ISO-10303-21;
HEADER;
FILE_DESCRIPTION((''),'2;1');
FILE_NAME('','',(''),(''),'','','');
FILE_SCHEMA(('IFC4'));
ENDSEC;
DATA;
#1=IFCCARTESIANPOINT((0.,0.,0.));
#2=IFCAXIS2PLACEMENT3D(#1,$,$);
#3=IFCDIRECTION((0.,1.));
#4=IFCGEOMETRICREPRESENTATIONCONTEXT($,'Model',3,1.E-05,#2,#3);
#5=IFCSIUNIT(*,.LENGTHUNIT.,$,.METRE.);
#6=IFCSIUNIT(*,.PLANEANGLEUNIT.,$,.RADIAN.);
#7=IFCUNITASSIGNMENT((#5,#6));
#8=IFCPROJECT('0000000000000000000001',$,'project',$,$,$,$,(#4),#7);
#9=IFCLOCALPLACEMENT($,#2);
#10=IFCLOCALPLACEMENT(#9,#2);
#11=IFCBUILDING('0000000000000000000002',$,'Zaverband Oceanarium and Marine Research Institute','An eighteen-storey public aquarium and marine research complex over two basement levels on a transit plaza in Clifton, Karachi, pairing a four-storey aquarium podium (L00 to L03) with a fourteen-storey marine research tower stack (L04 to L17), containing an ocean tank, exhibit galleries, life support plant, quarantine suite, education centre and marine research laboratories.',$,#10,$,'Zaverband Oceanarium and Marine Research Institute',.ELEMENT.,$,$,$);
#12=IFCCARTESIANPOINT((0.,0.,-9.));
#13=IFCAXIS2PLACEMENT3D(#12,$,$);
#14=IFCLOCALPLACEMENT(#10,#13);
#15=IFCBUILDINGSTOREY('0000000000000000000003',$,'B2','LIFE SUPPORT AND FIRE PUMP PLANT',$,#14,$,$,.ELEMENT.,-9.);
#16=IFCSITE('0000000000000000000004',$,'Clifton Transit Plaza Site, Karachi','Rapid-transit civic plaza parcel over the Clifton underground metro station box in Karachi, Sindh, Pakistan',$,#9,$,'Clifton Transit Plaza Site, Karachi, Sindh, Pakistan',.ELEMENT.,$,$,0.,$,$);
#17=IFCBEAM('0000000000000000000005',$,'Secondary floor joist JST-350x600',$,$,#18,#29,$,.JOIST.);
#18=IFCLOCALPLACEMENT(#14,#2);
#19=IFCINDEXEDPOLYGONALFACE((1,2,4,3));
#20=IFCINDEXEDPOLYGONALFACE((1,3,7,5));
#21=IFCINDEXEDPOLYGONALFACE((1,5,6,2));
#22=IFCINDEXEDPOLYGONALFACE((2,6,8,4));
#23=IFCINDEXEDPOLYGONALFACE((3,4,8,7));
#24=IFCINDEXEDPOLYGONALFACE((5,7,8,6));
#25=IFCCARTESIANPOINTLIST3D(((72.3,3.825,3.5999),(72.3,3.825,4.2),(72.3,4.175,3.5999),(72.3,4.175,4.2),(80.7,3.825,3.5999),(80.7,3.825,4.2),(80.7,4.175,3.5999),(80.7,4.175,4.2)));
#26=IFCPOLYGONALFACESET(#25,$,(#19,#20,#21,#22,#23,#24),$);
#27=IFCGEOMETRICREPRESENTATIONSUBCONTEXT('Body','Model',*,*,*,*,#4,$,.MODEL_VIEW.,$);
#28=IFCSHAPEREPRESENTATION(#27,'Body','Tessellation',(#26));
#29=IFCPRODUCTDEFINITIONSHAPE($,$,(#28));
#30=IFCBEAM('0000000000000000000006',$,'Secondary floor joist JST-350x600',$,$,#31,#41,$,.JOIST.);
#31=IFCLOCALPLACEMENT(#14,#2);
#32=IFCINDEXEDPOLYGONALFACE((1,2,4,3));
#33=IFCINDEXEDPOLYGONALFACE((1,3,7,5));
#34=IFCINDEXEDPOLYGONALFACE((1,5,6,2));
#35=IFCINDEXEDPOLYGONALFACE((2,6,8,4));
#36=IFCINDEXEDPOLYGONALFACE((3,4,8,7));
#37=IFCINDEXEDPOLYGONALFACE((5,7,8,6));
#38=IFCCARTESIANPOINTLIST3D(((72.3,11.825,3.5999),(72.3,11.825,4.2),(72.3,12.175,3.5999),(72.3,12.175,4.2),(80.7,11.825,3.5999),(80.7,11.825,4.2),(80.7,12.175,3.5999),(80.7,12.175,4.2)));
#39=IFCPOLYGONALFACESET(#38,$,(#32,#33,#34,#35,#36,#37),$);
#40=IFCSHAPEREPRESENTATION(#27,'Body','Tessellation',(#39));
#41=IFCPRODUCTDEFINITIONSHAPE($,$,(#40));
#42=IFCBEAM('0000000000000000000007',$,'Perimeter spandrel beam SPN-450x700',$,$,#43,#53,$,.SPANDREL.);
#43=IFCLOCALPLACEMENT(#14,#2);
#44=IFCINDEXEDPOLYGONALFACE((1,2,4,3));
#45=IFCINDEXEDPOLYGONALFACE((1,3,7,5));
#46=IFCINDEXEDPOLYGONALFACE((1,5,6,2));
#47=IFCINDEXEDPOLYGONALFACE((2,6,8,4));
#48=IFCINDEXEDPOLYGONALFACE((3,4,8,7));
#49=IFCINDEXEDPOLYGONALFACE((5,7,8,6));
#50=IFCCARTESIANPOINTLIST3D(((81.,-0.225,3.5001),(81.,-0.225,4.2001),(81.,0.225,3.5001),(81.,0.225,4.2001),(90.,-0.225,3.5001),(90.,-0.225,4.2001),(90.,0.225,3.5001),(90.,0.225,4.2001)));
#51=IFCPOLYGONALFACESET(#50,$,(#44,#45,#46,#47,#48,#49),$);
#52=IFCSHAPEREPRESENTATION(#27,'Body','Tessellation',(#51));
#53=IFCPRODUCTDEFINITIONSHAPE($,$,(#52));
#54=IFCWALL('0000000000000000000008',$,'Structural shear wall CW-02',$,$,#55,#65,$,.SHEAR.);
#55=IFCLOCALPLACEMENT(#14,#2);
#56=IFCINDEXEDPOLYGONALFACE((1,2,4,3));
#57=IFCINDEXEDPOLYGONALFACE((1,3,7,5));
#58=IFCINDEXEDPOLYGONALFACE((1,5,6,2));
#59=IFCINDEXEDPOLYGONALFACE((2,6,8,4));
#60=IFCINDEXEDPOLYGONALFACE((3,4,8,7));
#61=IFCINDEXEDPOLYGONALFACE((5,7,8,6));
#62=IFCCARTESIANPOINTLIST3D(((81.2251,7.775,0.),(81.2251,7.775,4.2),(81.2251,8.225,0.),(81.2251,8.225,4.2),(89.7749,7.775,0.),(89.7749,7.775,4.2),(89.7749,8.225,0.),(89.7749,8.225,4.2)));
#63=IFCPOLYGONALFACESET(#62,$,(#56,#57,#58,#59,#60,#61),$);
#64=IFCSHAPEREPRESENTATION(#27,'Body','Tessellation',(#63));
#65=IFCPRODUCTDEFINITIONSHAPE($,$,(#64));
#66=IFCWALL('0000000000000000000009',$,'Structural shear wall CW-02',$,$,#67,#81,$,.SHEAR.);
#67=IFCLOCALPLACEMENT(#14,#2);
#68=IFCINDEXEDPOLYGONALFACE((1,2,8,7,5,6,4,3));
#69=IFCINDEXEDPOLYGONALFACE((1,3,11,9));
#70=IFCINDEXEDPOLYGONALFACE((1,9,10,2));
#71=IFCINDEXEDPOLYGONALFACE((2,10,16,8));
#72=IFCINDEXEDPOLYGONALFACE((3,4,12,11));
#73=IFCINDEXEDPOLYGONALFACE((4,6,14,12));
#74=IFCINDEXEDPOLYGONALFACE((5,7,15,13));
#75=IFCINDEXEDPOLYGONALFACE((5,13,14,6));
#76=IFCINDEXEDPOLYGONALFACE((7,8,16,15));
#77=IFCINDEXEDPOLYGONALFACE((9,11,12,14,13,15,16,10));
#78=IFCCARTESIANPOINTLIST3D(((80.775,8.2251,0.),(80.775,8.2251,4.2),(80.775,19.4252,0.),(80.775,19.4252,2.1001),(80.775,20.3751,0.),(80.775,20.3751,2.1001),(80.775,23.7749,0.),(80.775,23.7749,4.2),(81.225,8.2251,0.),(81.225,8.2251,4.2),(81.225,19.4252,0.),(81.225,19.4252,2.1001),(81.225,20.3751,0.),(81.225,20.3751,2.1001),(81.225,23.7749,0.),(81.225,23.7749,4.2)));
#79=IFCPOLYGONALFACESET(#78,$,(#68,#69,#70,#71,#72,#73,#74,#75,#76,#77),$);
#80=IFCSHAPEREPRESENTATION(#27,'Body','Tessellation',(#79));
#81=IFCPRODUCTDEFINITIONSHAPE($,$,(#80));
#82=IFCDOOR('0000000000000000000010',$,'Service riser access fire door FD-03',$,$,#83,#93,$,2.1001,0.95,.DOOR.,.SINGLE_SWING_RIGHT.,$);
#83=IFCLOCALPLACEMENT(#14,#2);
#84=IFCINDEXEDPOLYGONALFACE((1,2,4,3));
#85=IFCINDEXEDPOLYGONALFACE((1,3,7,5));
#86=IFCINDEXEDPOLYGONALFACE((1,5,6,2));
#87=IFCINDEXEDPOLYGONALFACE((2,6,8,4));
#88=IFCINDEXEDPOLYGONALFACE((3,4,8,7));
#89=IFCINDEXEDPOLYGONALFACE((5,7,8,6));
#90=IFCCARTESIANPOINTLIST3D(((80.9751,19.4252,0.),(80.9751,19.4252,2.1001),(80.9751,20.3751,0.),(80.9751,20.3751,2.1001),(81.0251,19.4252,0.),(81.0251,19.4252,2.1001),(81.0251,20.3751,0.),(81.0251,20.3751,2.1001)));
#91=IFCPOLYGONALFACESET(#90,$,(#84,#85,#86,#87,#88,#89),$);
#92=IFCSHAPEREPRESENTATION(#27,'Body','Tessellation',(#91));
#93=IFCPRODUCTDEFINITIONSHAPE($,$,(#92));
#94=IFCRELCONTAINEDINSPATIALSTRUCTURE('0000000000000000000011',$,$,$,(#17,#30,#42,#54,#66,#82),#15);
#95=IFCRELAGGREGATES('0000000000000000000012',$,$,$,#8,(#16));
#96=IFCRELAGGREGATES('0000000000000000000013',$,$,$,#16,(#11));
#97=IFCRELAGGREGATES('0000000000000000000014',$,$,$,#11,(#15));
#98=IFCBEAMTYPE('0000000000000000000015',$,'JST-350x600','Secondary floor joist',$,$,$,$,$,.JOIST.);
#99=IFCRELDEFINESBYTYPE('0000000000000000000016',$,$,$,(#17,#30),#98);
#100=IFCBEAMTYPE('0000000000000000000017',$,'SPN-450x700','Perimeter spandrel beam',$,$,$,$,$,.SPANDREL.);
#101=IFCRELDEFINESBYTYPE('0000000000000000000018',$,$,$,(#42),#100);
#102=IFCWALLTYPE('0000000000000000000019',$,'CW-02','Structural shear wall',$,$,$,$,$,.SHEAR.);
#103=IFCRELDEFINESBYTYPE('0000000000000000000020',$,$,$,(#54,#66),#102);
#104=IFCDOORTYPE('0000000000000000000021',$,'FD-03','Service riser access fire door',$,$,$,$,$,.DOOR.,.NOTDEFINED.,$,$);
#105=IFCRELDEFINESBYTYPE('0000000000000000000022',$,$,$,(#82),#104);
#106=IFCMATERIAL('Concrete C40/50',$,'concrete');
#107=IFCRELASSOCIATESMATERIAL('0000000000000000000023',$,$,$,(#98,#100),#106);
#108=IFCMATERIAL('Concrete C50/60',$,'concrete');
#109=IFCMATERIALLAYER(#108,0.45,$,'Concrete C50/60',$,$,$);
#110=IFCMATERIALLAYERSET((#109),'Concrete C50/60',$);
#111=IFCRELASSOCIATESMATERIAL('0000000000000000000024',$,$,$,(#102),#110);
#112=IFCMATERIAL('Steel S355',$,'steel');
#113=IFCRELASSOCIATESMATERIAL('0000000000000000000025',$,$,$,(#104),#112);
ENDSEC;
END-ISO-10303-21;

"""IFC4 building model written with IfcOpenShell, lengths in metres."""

from ifc_helpers import new_model, si_unit, direction, frame, frame_2d, origin, origin_2d, place, context, subcontext, project, spatial, rectangle, extrude, material, layer, layer_set, material_profile, profile_set, type_object, element, fill, save


model = new_model("IFC4")

# Units and contexts
model_context = context("Model", 3, precision=1e-05, world=origin(), true_north=direction((0.0, 1.0)))
body_context = subcontext(model_context, "Body", "Model", "MODEL_VIEW")
ifc_project = project(units=[si_unit("LENGTHUNIT", "METRE"), si_unit("PLANEANGLEUNIT", "RADIAN")], contexts=[model_context])

# Site, building, storey
site_placement = place(None, origin())
site = spatial("IfcSite", under=ifc_project, at=site_placement, Name="Clifton Transit Plaza Site, Karachi", Description="Rapid-transit civic plaza parcel over the Clifton underground metro station box in Karachi, Sindh, Pakistan", LongName="Clifton Transit Plaza Site, Karachi, Sindh, Pakistan", CompositionType="ELEMENT", RefElevation=0.0)
building_placement = place(site_placement, origin())
building = spatial("IfcBuilding", under=site, at=building_placement, Name="Zaverband Oceanarium and Marine Research Institute", Description="An eighteen-storey public aquarium and marine research complex over two basement levels on a transit plaza in Clifton, Karachi, pairing a four-storey aquarium podium (L00 to L03) with a fourteen-storey marine research tower stack (L04 to L17), containing an ocean tank, exhibit galleries, life support plant, quarantine suite, education centre and marine research laboratories.", LongName="Zaverband Oceanarium and Marine Research Institute", CompositionType="ELEMENT")
storey_placement = place(building_placement, frame((0.0, 0.0, -9.0)))
storey = spatial("IfcBuildingStorey", under=building, at=storey_placement, Name="B2", Description="LIFE SUPPORT AND FIRE PUMP PLANT", CompositionType="ELEMENT", Elevation=-9.0)

# Shared definitions
ifc_material_1 = material(Name="Concrete C50/60", Category="concrete")
ifc_material_2 = material(Name="Concrete C40/50", Category="concrete")

# Beams
ifc_material_profile_1 = material_profile(ifc_material_2, rectangle(XDim=0.3501, YDim=0.6001, at=origin_2d()), Name="RC350x600")
ifc_profile_set_1 = profile_set([ifc_material_profile_1], Name="Concrete C40/50")
beam_type_1 = type_object("IfcBeamType", Name="JST-350x600", Description="Secondary floor joist", PredefinedType="JOIST", material=ifc_profile_set_1)
for number, where, z_axis, x_axis, name in (
    (1, (72.3, 4.0, 3.8999), (1.0, 0.0, 0.0), (0.0, 1.0, 0.0), "Secondary floor joist JST-350x600"),
    (2, (72.3, 12.0, 3.8999), (1.0, 0.0, 0.0), (0.0, 1.0, 0.0), "Secondary floor joist JST-350x600"),
):
    element("IfcBeam", number, at=place(storey_placement, frame(where, z_axis=z_axis, x_axis=x_axis)), inside=storey, type_object=beam_type_1, Name=name, PredefinedType="JOIST", context=body_context, shape_type="SweptSolid", body=[
        extrude(rectangle(XDim=0.3501, YDim=0.6001, at=origin_2d()), origin(), (0.0, 0.0, 1.0), 8.3999),
    ])
ifc_material_profile_2 = material_profile(ifc_material_2, rectangle(XDim=0.45, YDim=0.7, at=origin_2d()), Name="RC450x700")
ifc_profile_set_2 = profile_set([ifc_material_profile_2], Name="Concrete C40/50")
beam_type_2 = type_object("IfcBeamType", Name="SPN-450x700", Description="Perimeter spandrel beam", PredefinedType="SPANDREL", material=ifc_profile_set_2)
beam_placement = place(storey_placement, frame((81.0, 0.0, 3.8501), z_axis=(1.0, 0.0, 0.0), x_axis=(0.0, 1.0, 0.0)))
element("IfcBeam", 3, at=beam_placement, inside=storey, type_object=beam_type_2, Name="Perimeter spandrel beam SPN-450x700", PredefinedType="SPANDREL", context=body_context, shape_type="SweptSolid", body=[
    extrude(rectangle(XDim=0.45, YDim=0.7, at=origin_2d()), origin(), (0.0, 0.0, 1.0), 9.0),
])

# Wall
ifc_layer_1 = layer(ifc_material_1, 0.45, Name="Concrete C50/60")
ifc_layer_set_1 = layer_set([ifc_layer_1], Name="Concrete C50/60")
wall_type = type_object("IfcWallType", Name="CW-02", Description="Structural shear wall", PredefinedType="SHEAR", material=ifc_layer_set_1)
wall_1_placement = place(storey_placement, frame((81.2251, 8.0, 0.0), z_axis=(0.0, 0.0, 1.0), x_axis=(1.0, 0.0, 0.0)))
element("IfcWall", 4, at=wall_1_placement, inside=storey, type_object=wall_type, Name="Structural shear wall CW-02", PredefinedType="SHEAR", context=body_context, shape_type="SweptSolid", body=[
    extrude(rectangle(XDim=8.5498, YDim=0.45, at=frame_2d((4.2749, 0.0))), origin(), (0.0, 0.0, 1.0), 4.2),
])

# Wall, opening, door
wall_2_placement = place(storey_placement, frame((81.0, 8.2251, 0.0), z_axis=(0.0, 0.0, 1.0), x_axis=(0.0, 1.0, 0.0)))
wall_2 = element("IfcWall", 5, at=wall_2_placement, inside=storey, type_object=wall_type, Name="Structural shear wall CW-02", PredefinedType="SHEAR", context=body_context, shape_type="SweptSolid", body=[
    extrude(rectangle(XDim=15.5498, YDim=0.45, at=frame_2d((7.7749, 0.0))), origin(), (0.0, 0.0, 1.0), 4.2),
])
opening_placement = place(wall_2_placement, frame((11.2, 0.0, 0.0)))
opening = element("IfcOpeningElement", 6, at=opening_placement, cuts=wall_2, PredefinedType="OPENING", context=body_context, shape_type="SweptSolid", body=[
    extrude(rectangle(XDim=0.95, YDim=2.1001, at=frame_2d((0.4751, 1.05))), frame((0.0, 0.2368, 0.0), z_axis=(0.0, -1.0, 0.0), x_axis=(1.0, 0.0, 0.0)), (0.0, 0.0, 1.0), 0.4739),
])
ifc_material_3 = material(Name="Steel S355", Category="steel")
door_type = type_object("IfcDoorType", Name="FD-03", Description="Service riser access fire door", OperationType="NOTDEFINED", PredefinedType="DOOR", material=ifc_material_3)
door_placement = place(opening_placement, origin())
door = element("IfcDoor", 7, at=door_placement, inside=storey, type_object=door_type, Name="Service riser access fire door FD-03", OperationType="SINGLE_SWING_RIGHT", OverallHeight=2.1001, OverallWidth=0.95, PredefinedType="DOOR", context=body_context, shape_type="SweptSolid", body=[
    extrude(rectangle(XDim=0.95, YDim=2.1001, at=frame_2d((0.4751, 1.05))), frame((0.0, 0.0249, 0.0), z_axis=(0.0, -1.0, 0.0), x_axis=(1.0, 0.0, 0.0)), (0.0, 0.0, 1.0), 0.05),
])
fill(opening, door)

save(model, "model.ifc")
